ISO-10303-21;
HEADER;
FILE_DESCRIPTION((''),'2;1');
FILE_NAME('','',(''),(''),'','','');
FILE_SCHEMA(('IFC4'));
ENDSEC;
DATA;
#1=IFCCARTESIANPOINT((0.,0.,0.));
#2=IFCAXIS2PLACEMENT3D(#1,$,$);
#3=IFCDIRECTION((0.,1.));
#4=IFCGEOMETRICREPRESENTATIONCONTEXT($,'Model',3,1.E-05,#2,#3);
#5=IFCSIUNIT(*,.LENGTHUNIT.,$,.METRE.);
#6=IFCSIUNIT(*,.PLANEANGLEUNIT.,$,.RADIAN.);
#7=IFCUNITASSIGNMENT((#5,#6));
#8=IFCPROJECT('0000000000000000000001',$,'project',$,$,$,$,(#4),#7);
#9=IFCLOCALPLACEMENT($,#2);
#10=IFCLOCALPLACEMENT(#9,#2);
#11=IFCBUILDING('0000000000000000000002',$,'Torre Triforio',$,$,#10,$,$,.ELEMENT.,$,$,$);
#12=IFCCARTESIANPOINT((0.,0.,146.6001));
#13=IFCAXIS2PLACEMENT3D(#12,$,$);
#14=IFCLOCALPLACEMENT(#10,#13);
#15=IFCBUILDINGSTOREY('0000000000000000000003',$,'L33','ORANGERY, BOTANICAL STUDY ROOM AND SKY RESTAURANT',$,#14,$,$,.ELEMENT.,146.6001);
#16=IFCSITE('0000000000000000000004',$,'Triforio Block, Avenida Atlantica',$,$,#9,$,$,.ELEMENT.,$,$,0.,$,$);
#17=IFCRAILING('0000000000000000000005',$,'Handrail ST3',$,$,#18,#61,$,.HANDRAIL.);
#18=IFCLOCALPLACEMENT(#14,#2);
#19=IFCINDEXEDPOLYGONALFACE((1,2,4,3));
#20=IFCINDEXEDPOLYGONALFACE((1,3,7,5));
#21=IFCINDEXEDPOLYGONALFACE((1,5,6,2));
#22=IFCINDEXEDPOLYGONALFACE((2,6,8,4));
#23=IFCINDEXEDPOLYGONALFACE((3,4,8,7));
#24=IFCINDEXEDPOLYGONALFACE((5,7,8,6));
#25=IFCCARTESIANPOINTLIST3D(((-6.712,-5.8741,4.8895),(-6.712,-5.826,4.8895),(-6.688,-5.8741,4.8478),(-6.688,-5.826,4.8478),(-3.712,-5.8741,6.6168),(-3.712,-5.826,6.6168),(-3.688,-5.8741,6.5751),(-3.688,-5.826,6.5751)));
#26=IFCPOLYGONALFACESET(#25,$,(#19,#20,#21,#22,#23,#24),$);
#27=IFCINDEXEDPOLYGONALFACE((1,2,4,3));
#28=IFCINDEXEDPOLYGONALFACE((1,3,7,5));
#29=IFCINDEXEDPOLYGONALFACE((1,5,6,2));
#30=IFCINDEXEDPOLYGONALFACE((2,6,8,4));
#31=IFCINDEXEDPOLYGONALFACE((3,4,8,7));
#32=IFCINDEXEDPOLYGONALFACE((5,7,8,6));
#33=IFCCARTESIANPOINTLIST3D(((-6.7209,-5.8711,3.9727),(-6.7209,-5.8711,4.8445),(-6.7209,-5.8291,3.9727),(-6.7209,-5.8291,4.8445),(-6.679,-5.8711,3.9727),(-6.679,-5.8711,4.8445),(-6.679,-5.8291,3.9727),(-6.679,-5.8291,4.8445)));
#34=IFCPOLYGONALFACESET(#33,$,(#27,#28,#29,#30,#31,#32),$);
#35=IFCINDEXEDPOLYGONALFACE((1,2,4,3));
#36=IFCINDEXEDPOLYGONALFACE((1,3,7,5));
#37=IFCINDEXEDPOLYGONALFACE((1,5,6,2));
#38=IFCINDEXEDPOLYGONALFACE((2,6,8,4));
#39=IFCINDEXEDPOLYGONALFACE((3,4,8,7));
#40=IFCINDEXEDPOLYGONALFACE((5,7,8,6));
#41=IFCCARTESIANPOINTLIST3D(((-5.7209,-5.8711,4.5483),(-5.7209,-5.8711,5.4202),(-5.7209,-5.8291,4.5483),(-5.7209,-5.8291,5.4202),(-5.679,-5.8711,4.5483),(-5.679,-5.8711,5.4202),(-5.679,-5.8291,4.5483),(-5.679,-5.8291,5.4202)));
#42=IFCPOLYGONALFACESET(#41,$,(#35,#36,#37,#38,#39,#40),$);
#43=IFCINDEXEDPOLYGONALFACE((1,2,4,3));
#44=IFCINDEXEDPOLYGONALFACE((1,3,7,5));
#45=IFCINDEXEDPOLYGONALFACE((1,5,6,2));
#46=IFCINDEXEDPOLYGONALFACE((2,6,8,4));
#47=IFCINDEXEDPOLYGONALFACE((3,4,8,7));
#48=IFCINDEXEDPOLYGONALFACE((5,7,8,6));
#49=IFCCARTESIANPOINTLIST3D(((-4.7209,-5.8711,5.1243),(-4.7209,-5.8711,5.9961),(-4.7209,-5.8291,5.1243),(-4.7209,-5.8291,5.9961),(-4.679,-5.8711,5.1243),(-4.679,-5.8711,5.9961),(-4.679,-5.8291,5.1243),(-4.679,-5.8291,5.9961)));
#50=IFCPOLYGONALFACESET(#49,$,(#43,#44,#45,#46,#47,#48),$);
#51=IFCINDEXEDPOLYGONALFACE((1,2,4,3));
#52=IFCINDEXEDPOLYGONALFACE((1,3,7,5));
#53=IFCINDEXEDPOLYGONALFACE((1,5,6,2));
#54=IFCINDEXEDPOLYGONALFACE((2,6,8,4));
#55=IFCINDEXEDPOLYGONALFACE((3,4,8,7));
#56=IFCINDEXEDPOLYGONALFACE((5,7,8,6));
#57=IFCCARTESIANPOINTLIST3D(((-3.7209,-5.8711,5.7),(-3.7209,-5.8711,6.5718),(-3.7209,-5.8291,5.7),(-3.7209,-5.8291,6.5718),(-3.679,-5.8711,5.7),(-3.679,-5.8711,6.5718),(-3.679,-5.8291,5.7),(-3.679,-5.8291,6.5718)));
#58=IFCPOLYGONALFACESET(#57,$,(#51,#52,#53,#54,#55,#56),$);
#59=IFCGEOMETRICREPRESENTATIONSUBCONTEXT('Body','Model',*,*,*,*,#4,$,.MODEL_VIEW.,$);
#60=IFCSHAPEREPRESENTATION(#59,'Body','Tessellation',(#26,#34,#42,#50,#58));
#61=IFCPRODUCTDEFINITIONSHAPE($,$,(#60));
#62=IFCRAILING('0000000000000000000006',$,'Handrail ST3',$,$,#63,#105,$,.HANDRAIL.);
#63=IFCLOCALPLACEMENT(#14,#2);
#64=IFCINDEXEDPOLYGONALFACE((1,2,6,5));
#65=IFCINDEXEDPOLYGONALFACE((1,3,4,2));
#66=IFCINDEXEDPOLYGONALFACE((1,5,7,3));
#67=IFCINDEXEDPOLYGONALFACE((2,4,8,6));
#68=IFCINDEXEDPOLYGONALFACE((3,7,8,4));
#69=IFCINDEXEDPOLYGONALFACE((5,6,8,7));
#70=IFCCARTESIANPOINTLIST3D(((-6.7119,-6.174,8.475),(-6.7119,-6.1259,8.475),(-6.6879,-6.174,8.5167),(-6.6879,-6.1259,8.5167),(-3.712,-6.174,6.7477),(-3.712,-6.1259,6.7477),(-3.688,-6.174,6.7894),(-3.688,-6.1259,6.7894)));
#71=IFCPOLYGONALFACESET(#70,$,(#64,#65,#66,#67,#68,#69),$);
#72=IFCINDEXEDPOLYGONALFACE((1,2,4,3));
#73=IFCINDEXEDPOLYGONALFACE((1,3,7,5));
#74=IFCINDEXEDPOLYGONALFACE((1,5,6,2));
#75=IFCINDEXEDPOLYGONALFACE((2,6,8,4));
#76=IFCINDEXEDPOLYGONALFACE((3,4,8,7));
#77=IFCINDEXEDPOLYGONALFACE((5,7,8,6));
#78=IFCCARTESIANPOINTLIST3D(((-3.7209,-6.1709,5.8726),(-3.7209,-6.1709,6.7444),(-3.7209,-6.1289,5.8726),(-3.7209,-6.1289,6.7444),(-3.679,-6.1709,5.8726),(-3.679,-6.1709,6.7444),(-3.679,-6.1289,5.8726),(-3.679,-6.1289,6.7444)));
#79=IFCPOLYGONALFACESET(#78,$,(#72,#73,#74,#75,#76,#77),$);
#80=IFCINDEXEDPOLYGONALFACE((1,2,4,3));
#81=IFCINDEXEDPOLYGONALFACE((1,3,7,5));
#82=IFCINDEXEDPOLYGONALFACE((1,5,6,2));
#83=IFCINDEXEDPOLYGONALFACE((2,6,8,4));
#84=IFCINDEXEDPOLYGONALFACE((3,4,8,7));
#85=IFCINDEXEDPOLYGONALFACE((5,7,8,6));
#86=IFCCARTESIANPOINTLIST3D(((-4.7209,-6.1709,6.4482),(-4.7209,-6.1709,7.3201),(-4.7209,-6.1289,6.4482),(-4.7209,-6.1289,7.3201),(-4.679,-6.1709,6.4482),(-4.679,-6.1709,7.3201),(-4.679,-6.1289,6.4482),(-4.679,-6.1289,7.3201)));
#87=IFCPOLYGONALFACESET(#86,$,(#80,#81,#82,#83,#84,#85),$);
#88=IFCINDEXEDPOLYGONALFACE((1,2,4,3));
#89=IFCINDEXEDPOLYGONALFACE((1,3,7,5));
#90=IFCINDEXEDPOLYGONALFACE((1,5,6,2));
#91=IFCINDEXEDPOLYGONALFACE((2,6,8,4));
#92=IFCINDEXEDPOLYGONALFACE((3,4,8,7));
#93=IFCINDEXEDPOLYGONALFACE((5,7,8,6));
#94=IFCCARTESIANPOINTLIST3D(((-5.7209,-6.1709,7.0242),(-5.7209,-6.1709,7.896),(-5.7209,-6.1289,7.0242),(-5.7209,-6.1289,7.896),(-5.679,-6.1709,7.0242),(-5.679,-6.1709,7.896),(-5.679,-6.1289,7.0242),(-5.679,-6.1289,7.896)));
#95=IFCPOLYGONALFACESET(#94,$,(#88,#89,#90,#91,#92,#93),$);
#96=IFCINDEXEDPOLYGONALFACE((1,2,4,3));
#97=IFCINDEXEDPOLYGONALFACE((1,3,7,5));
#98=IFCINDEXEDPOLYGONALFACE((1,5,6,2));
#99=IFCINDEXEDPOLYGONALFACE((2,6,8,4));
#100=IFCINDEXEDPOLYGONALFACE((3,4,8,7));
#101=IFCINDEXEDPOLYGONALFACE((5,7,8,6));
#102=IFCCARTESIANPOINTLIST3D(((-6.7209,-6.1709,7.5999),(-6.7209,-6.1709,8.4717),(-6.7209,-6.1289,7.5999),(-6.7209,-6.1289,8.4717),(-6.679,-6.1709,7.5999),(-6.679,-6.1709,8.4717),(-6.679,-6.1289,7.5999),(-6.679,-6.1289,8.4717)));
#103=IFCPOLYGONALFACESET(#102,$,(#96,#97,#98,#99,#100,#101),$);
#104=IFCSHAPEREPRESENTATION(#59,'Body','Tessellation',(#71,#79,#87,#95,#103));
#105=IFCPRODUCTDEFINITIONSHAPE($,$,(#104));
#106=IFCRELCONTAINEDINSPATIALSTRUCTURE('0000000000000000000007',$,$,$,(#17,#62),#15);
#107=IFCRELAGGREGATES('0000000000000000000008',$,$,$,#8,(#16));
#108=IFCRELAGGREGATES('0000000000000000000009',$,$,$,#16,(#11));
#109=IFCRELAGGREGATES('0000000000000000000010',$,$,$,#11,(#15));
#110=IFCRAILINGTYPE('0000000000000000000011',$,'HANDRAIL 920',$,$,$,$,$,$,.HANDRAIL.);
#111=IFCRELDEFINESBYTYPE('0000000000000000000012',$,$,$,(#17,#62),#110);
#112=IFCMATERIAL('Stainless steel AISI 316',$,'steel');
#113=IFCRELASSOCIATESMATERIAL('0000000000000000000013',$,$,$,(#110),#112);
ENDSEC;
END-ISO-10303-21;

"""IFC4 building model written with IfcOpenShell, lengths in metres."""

from ifc_helpers import new_model, si_unit, direction, frame, origin, origin_2d, place, context, subcontext, project, spatial, rectangle, extrude, material, type_object, element, save


model = new_model("IFC4")

# Units and contexts
model_context = context("Model", 3, precision=1e-05, world=origin(), true_north=direction((0.0, 1.0)))
body_context = subcontext(model_context, "Body", "Model", "MODEL_VIEW")
ifc_project = project(units=[si_unit("LENGTHUNIT", "METRE"), si_unit("PLANEANGLEUNIT", "RADIAN")], contexts=[model_context])

# Site, building, storey
site_placement = place(None, origin())
site = spatial("IfcSite", under=ifc_project, at=site_placement, Name="Triforio Block, Avenida Atlantica", CompositionType="ELEMENT", RefElevation=0.0)
building_placement = place(site_placement, origin())
building = spatial("IfcBuilding", under=site, at=building_placement, Name="Torre Triforio", CompositionType="ELEMENT")
storey_placement = place(building_placement, frame((0.0, 0.0, 146.6001)))
storey = spatial("IfcBuildingStorey", under=building, at=storey_placement, Name="L33", Description="ORANGERY, BOTANICAL STUDY ROOM AND SKY RESTAURANT", CompositionType="ELEMENT", Elevation=146.6001)

# Railings
ifc_material_1 = material(Name="Stainless steel AISI 316", Category="steel")
railing_type = type_object("IfcRailingType", Name="HANDRAIL 920", PredefinedType="HANDRAIL", material=ifc_material_1)
for number, where, name in (
    (1, (-6.7, -5.8501, 3.9727), "Handrail ST3"),
):
    element("IfcRailing", number, at=place(storey_placement, frame(where)), inside=storey, type_object=railing_type, Name=name, PredefinedType="HANDRAIL", context=body_context, shape_type="SweptSolid", body=[
        extrude(rectangle(XDim=0.0481, YDim=0.0481, at=origin_2d()), frame((0.0, 0.0, 0.896), z_axis=(0.86662, 0.0, 0.498969), x_axis=(0.0, 1.0, 0.0)), (0.0, 0.0, 1.0), 3.4617),
        extrude(rectangle(XDim=0.042, YDim=0.042, at=origin_2d()), origin(), (0.0, 0.0, 1.0), 0.8718),
        extrude(rectangle(XDim=0.042, YDim=0.042, at=origin_2d()), frame((1.0, 0.0, 0.5757)), (0.0, 0.0, 1.0), 0.8718),
        extrude(rectangle(XDim=0.042, YDim=0.042, at=origin_2d()), frame((2.0, 0.0, 1.1516)), (0.0, 0.0, 1.0), 0.8718),
        extrude(rectangle(XDim=0.042, YDim=0.042, at=origin_2d()), frame((3.0, 0.0, 1.7273)), (0.0, 0.0, 1.0), 0.8718),
    ])
railing_placement = place(storey_placement, frame((-3.7, -6.1499, 5.8726)))
element("IfcRailing", 2, at=railing_placement, inside=storey, type_object=railing_type, Name="Handrail ST3", PredefinedType="HANDRAIL", context=body_context, shape_type="SweptSolid", body=[
    extrude(rectangle(XDim=0.0481, YDim=0.0481, at=origin_2d()), frame((0.0, 0.0, 0.896), z_axis=(-0.86662, 0.0, 0.498969), x_axis=(0.0, -1.0, 0.0)), (0.0, 0.0, 1.0), 3.4617),
    extrude(rectangle(XDim=0.042, YDim=0.042, at=origin_2d()), origin(), (0.0, 0.0, 1.0), 0.8718),
    extrude(rectangle(XDim=0.042, YDim=0.042, at=origin_2d()), frame((-1.0, 0.0, 0.5757)), (0.0, 0.0, 1.0), 0.8718),
    extrude(rectangle(XDim=0.042, YDim=0.042, at=origin_2d()), frame((-2.0, 0.0, 1.1516)), (0.0, 0.0, 1.0), 0.8718),
    extrude(rectangle(XDim=0.042, YDim=0.042, at=origin_2d()), frame((-3.0, 0.0, 1.7273)), (0.0, 0.0, 1.0), 0.8718),
])

save(model, "model.ifc")
